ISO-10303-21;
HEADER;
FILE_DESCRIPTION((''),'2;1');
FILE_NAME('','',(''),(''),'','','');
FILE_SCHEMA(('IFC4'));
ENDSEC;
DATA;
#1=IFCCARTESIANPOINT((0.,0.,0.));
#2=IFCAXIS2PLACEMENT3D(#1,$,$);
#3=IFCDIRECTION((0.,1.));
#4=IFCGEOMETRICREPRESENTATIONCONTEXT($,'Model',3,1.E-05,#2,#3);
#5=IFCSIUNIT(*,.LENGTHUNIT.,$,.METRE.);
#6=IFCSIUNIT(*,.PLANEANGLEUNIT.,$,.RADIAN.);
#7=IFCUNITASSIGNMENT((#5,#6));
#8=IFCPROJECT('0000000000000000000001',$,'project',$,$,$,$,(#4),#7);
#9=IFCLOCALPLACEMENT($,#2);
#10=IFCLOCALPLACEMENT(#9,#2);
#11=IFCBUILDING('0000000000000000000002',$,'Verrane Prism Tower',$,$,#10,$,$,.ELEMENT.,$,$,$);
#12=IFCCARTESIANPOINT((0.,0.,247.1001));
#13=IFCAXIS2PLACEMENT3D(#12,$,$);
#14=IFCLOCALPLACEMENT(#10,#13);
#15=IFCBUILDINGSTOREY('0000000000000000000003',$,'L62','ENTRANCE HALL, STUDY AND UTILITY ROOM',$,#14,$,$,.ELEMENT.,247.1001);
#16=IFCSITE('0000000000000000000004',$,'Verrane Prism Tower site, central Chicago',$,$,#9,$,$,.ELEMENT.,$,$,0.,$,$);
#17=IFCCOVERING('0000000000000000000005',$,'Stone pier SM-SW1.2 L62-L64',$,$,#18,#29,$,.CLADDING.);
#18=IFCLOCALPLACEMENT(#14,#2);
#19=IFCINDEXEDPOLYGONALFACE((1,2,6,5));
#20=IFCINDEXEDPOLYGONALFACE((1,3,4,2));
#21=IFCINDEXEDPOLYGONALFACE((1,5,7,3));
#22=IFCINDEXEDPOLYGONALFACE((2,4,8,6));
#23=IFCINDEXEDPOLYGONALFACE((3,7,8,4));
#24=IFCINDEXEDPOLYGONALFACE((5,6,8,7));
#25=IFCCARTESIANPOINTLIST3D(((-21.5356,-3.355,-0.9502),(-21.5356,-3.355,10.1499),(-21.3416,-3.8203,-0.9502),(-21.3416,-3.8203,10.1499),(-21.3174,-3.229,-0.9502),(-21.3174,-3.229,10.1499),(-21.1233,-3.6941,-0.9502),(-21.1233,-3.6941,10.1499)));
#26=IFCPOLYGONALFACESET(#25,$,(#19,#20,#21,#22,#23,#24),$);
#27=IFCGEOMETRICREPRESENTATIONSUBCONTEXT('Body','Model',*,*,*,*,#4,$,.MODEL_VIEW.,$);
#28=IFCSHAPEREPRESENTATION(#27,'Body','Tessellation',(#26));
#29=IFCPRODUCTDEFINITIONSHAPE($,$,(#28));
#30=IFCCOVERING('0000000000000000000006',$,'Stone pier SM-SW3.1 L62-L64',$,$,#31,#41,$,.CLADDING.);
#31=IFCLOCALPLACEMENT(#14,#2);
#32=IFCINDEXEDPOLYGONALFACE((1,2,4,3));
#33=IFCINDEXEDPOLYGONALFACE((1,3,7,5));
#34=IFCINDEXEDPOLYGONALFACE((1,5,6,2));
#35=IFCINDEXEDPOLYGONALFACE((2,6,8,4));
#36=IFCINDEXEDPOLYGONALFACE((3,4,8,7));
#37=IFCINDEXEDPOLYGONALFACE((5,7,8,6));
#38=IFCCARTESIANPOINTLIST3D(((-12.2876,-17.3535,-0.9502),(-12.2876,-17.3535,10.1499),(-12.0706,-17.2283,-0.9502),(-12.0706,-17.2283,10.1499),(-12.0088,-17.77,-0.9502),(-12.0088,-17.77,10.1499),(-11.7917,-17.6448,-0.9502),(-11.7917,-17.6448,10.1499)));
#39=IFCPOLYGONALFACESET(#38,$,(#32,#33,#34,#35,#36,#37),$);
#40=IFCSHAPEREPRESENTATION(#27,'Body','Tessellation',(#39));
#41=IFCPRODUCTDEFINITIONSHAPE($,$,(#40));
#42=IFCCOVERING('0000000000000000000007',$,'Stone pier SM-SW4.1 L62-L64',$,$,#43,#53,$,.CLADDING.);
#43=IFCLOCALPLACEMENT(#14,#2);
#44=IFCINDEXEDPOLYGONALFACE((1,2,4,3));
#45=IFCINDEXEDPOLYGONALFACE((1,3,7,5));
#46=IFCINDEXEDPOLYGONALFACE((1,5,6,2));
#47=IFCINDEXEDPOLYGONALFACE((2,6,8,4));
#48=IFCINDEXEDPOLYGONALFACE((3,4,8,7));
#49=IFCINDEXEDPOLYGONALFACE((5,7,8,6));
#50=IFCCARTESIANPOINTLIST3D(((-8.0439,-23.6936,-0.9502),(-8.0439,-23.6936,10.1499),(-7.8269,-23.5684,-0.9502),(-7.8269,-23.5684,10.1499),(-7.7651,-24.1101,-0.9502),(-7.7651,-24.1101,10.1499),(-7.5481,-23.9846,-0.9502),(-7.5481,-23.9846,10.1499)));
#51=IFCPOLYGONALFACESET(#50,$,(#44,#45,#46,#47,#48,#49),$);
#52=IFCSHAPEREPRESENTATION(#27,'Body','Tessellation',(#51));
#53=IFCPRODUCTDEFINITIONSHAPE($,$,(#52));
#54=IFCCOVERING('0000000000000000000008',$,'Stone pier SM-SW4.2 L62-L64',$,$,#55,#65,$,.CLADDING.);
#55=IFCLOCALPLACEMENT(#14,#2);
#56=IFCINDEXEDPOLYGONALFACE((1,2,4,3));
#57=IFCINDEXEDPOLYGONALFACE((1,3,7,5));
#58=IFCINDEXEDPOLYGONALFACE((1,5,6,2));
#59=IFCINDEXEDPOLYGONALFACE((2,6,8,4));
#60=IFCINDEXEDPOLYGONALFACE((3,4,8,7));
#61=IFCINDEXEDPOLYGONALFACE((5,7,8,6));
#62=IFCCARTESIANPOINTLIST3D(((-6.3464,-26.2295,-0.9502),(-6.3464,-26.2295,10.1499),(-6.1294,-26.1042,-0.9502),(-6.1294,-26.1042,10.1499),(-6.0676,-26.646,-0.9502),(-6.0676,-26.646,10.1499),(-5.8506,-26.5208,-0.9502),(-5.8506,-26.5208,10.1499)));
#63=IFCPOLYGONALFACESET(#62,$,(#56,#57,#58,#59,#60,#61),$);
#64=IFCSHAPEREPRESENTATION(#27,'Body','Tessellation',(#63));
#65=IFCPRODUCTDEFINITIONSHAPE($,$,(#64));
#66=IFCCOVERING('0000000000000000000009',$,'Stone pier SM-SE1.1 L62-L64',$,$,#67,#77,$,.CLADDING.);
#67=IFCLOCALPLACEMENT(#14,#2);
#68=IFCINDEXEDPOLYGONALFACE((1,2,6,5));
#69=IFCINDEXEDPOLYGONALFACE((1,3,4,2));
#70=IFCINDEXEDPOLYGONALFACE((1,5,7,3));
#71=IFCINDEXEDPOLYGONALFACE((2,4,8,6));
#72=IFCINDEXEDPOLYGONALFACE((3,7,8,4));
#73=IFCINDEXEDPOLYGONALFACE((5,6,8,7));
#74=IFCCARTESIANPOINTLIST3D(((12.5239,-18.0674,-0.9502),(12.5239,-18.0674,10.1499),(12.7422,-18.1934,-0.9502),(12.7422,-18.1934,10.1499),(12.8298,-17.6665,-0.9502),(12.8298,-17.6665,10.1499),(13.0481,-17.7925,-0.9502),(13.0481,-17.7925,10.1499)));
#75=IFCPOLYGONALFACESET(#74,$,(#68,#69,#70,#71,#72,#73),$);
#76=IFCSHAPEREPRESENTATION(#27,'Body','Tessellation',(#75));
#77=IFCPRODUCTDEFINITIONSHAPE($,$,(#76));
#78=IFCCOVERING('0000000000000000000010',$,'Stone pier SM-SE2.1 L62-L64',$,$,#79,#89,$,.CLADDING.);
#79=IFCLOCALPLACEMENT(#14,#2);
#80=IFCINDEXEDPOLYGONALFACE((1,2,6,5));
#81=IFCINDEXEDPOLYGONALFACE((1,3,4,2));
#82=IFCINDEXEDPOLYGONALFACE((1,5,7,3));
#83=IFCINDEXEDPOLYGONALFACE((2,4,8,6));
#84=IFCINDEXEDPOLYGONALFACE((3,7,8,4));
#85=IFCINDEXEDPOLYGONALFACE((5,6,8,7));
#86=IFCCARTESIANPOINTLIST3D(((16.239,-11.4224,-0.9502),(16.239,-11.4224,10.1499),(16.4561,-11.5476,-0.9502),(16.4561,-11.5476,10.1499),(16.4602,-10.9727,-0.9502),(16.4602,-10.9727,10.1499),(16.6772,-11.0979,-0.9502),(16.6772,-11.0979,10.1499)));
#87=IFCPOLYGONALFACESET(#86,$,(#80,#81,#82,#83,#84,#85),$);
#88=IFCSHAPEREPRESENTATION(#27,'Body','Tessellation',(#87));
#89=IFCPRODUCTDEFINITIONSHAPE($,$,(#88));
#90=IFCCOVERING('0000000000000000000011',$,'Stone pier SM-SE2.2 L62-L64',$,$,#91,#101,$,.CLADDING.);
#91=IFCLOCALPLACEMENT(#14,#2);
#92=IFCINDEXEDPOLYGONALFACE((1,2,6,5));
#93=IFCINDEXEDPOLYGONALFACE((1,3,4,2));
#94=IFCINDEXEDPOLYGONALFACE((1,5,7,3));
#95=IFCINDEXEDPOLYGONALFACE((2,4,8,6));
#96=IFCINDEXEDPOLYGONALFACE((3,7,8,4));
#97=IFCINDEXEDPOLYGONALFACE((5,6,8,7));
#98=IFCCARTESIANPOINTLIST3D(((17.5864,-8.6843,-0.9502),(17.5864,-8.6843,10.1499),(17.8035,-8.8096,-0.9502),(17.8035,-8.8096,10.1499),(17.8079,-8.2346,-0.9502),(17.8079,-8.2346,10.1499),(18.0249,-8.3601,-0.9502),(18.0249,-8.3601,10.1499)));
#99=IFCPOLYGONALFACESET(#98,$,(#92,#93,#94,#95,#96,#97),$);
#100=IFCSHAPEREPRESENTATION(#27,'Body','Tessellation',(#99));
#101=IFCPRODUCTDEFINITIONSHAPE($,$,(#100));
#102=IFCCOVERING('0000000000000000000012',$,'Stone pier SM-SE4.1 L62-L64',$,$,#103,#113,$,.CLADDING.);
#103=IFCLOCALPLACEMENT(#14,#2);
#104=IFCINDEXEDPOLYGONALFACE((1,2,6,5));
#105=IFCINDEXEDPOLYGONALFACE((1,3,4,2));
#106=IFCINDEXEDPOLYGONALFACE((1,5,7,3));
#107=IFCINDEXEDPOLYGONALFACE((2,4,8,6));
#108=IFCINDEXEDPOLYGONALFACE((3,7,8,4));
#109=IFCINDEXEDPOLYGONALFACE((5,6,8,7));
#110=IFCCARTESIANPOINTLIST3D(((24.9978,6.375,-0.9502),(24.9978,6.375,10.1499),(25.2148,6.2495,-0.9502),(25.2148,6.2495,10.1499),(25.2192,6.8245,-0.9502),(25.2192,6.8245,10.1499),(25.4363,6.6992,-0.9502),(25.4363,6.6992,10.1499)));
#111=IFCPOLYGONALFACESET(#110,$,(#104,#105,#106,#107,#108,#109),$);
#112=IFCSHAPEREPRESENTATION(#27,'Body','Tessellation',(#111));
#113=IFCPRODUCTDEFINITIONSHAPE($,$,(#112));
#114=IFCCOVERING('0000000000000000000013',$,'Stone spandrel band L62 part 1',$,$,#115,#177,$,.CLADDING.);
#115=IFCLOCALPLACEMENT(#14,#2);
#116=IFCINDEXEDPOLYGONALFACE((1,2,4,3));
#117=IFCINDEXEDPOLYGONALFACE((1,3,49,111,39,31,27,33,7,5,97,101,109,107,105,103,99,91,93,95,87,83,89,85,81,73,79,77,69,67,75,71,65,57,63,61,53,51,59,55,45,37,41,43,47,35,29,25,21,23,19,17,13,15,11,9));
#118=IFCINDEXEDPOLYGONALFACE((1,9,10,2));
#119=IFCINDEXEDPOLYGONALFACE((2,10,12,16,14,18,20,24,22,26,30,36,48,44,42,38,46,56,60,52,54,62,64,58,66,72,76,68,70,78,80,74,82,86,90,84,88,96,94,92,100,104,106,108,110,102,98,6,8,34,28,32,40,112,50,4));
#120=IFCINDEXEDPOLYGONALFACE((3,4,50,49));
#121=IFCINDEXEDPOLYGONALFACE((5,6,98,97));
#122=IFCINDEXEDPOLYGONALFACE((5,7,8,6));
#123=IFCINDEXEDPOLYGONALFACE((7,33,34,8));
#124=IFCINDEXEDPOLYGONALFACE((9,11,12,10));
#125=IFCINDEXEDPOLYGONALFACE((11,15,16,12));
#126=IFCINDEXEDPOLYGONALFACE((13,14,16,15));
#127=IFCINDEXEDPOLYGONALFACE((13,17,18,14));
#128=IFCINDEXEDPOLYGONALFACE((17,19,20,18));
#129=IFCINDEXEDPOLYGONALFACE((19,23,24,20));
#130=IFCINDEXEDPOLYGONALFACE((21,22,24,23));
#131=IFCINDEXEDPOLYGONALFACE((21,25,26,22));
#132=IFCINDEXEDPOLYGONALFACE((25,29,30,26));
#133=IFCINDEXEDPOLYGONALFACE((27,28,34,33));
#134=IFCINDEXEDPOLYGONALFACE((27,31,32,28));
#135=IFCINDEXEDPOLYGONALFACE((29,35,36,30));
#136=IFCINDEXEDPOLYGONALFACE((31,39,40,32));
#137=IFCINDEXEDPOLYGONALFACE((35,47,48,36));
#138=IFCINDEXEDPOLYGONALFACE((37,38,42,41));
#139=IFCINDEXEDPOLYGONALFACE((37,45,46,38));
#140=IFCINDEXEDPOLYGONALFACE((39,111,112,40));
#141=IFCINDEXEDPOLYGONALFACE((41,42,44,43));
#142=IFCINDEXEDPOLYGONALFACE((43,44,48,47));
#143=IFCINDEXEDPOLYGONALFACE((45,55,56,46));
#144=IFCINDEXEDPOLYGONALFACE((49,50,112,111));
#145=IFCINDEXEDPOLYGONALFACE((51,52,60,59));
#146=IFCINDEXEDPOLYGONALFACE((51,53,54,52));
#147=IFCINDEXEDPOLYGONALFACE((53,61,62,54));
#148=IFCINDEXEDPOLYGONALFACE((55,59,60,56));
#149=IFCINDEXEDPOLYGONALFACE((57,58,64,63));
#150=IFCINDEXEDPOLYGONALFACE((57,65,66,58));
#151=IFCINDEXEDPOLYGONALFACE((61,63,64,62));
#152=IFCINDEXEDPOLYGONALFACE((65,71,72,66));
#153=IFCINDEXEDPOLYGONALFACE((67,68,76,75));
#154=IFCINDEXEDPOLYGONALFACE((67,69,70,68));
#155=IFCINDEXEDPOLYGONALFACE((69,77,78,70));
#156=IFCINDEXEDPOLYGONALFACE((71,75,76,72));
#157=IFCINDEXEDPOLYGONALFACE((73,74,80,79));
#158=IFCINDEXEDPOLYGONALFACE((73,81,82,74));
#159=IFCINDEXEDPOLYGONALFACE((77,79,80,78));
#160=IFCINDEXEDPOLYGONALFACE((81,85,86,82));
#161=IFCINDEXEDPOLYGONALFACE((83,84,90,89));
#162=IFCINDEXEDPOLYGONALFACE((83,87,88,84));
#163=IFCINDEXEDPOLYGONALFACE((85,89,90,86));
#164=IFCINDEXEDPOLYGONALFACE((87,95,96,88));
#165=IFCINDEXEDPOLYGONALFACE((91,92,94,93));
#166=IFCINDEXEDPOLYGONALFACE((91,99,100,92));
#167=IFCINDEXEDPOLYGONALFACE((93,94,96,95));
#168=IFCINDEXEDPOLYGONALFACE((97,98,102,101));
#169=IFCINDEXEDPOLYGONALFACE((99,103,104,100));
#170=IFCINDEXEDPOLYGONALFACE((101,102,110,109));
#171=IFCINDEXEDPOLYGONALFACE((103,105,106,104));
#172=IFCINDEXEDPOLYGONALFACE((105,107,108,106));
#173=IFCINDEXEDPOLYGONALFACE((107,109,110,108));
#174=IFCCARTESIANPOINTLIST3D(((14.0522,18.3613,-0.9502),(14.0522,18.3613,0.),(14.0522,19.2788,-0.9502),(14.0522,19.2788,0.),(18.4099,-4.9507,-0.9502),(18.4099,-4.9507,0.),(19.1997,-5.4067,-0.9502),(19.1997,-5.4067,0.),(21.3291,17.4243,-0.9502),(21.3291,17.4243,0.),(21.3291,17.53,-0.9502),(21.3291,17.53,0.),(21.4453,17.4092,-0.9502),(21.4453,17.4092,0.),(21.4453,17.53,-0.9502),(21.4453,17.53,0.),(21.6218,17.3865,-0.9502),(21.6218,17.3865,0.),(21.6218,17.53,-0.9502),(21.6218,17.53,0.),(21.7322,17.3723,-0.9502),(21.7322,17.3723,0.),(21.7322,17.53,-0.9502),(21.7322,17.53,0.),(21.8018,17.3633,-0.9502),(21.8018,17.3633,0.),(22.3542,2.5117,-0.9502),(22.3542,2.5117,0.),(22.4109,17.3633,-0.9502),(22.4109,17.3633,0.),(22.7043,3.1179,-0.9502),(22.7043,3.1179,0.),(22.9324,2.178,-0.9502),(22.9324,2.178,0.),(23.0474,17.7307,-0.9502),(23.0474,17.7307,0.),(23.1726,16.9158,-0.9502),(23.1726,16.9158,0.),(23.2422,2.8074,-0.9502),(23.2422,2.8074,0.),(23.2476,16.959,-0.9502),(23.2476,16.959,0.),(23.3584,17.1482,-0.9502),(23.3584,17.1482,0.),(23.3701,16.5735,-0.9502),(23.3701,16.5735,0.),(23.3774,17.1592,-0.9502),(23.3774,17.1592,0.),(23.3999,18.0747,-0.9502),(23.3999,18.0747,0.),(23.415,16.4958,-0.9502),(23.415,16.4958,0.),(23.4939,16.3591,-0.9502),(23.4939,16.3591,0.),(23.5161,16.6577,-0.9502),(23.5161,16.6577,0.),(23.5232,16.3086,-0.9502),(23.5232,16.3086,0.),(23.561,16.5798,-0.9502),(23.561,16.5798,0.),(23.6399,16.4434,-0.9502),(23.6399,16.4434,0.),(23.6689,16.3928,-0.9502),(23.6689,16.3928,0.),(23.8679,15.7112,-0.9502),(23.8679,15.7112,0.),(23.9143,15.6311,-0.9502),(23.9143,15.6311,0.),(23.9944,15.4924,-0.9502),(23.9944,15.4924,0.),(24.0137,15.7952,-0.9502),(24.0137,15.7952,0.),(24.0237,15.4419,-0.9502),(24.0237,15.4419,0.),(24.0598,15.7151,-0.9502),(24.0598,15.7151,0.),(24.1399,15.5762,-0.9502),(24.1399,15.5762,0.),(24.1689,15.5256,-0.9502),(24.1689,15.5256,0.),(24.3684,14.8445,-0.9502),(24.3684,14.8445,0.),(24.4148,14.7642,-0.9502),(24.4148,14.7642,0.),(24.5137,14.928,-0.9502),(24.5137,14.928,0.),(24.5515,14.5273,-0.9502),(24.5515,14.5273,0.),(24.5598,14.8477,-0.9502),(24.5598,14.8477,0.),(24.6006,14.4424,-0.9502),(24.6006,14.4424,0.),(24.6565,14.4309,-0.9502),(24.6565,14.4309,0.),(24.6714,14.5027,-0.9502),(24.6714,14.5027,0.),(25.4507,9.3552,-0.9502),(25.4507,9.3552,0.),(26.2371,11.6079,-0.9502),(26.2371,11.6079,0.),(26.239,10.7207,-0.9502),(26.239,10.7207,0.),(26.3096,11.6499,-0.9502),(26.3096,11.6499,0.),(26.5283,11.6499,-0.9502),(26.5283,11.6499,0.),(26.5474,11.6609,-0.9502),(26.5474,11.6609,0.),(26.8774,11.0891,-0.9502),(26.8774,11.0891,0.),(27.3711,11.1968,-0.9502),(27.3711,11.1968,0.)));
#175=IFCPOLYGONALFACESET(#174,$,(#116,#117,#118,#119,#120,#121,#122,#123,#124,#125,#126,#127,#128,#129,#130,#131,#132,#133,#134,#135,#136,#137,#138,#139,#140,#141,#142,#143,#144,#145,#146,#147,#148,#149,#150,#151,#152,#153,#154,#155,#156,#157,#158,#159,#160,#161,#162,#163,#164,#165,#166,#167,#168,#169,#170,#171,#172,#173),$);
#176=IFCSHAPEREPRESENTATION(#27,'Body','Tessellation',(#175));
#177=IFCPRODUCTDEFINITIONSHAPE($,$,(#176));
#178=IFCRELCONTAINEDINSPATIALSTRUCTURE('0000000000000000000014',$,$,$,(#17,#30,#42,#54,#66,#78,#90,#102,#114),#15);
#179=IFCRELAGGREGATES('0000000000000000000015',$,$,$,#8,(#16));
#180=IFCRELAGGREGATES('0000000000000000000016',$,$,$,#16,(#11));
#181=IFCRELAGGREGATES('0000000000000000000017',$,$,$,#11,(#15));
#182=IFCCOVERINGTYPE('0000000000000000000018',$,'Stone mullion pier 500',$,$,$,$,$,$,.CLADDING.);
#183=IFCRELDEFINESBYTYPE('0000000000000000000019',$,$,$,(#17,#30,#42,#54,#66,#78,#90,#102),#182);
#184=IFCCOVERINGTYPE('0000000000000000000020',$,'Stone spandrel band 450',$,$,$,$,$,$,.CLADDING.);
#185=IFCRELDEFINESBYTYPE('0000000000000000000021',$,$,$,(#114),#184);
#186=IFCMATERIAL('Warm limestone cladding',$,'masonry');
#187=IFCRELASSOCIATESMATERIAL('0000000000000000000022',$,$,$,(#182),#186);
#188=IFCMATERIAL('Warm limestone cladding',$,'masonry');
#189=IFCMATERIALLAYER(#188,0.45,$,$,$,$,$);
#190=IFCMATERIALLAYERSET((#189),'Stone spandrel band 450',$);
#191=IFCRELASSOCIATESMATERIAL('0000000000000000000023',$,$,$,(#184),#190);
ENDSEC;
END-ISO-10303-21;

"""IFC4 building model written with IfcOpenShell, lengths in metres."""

from ifc_helpers import new_model, si_unit, direction, frame, origin, place, context, subcontext, project, spatial, polyline, outline, extrude, material, layer, layer_set, type_object, element, save


model = new_model("IFC4")

# Units and contexts
model_context = context("Model", 3, precision=1e-05, world=origin(), true_north=direction((0.0, 1.0)))
body_context = subcontext(model_context, "Body", "Model", "MODEL_VIEW")
ifc_project = project(units=[si_unit("LENGTHUNIT", "METRE"), si_unit("PLANEANGLEUNIT", "RADIAN")], contexts=[model_context])

# Site, building, storey
site_placement = place(None, origin())
site = spatial("IfcSite", under=ifc_project, at=site_placement, Name="Verrane Prism Tower site, central Chicago", CompositionType="ELEMENT", RefElevation=0.0)
building_placement = place(site_placement, origin())
building = spatial("IfcBuilding", under=site, at=building_placement, Name="Verrane Prism Tower", CompositionType="ELEMENT")
storey_placement = place(building_placement, frame((0.0, 0.0, 247.1001)))
storey = spatial("IfcBuildingStorey", under=building, at=storey_placement, Name="L62", Description="ENTRANCE HALL, STUDY AND UTILITY ROOM", CompositionType="ELEMENT", Elevation=247.1001)

# Coverings
ifc_material_1 = material(Name="Warm limestone cladding", Category="masonry")
covering_type_1 = type_object("IfcCoveringType", Name="Stone mullion pier 500", PredefinedType="CLADDING", material=ifc_material_1)
covering_1_placement = place(storey_placement, frame((0.0, 0.0, -0.9502)))
element("IfcCovering", 1, at=covering_1_placement, inside=storey, type_object=covering_type_1, Name="Stone pier SM-SW1.2 L62-L64", PredefinedType="CLADDING", context=body_context, shape_type="SweptSolid", body=[
    extrude(outline(polyline([(-21.1233, -3.6941), (-21.3174, -3.229), (-21.5356, -3.355), (-21.3416, -3.8203), (-21.1233, -3.6941)])), origin(), (0.0, 0.0, 1.0), 11.1001),
])
covering_2_placement = place(storey_placement, frame((0.0, 0.0, -0.9502)))
element("IfcCovering", 2, at=covering_2_placement, inside=storey, type_object=covering_type_1, Name="Stone pier SM-SW3.1 L62-L64", PredefinedType="CLADDING", context=body_context, shape_type="SweptSolid", body=[
    extrude(outline(polyline([(-11.7917, -17.6448), (-12.0706, -17.2283), (-12.2876, -17.3535), (-12.0088, -17.77), (-11.7917, -17.6448)])), origin(), (0.0, 0.0, 1.0), 11.1001),
])
covering_3_placement = place(storey_placement, frame((0.0, 0.0, -0.9502)))
element("IfcCovering", 3, at=covering_3_placement, inside=storey, type_object=covering_type_1, Name="Stone pier SM-SW4.1 L62-L64", PredefinedType="CLADDING", context=body_context, shape_type="SweptSolid", body=[
    extrude(outline(polyline([(-7.5481, -23.9846), (-7.8269, -23.5684), (-8.0439, -23.6936), (-7.7651, -24.1101), (-7.5481, -23.9846)])), origin(), (0.0, 0.0, 1.0), 11.1001),
])
covering_4_placement = place(storey_placement, frame((0.0, 0.0, -0.9502)))
element("IfcCovering", 4, at=covering_4_placement, inside=storey, type_object=covering_type_1, Name="Stone pier SM-SW4.2 L62-L64", PredefinedType="CLADDING", context=body_context, shape_type="SweptSolid", body=[
    extrude(outline(polyline([(-5.8506, -26.5208), (-6.1294, -26.1042), (-6.3464, -26.2295), (-6.0676, -26.646), (-5.8506, -26.5208)])), origin(), (0.0, 0.0, 1.0), 11.1001),
])
covering_5_placement = place(storey_placement, frame((0.0, 0.0, -0.9502)))
element("IfcCovering", 5, at=covering_5_placement, inside=storey, type_object=covering_type_1, Name="Stone pier SM-SE1.1 L62-L64", PredefinedType="CLADDING", context=body_context, shape_type="SweptSolid", body=[
    extrude(outline(polyline([(12.8298, -17.6665), (12.5239, -18.0674), (12.7422, -18.1934), (13.0481, -17.7925), (12.8298, -17.6665)])), origin(), (0.0, 0.0, 1.0), 11.1001),
])
covering_6_placement = place(storey_placement, frame((0.0, 0.0, -0.9502)))
element("IfcCovering", 6, at=covering_6_placement, inside=storey, type_object=covering_type_1, Name="Stone pier SM-SE2.1 L62-L64", PredefinedType="CLADDING", context=body_context, shape_type="SweptSolid", body=[
    extrude(outline(polyline([(16.4602, -10.9727), (16.239, -11.4224), (16.4561, -11.5476), (16.6772, -11.0979), (16.4602, -10.9727)])), origin(), (0.0, 0.0, 1.0), 11.1001),
])
covering_7_placement = place(storey_placement, frame((0.0, 0.0, -0.9502)))
element("IfcCovering", 7, at=covering_7_placement, inside=storey, type_object=covering_type_1, Name="Stone pier SM-SE2.2 L62-L64", PredefinedType="CLADDING", context=body_context, shape_type="SweptSolid", body=[
    extrude(outline(polyline([(17.8079, -8.2346), (17.5864, -8.6843), (17.8035, -8.8096), (18.0249, -8.3601), (17.8079, -8.2346)])), origin(), (0.0, 0.0, 1.0), 11.1001),
])
covering_8_placement = place(storey_placement, frame((0.0, 0.0, -0.9502)))
element("IfcCovering", 8, at=covering_8_placement, inside=storey, type_object=covering_type_1, Name="Stone pier SM-SE4.1 L62-L64", PredefinedType="CLADDING", context=body_context, shape_type="SweptSolid", body=[
    extrude(outline(polyline([(25.2192, 6.8245), (24.9978, 6.375), (25.2148, 6.2495), (25.4363, 6.6992), (25.2192, 6.8245)])), origin(), (0.0, 0.0, 1.0), 11.1001),
])
ifc_material_2 = material(Name="Warm limestone cladding", Category="masonry")
ifc_layer_1 = layer(ifc_material_2, 0.45)
ifc_layer_set_1 = layer_set([ifc_layer_1], Name="Stone spandrel band 450")
covering_type_2 = type_object("IfcCoveringType", Name="Stone spandrel band 450", PredefinedType="CLADDING", material=ifc_layer_set_1)
covering_9_placement = place(storey_placement, frame((0.0, 0.0, -0.9502)))
element("IfcCovering", 9, at=covering_9_placement, inside=storey, type_object=covering_type_2, Name="Stone spandrel band L62 part 1", PredefinedType="CLADDING", context=body_context, shape_type="SweptSolid", body=[
    extrude(outline(polyline([(14.0522, 18.3613), (21.3291, 17.4243), (21.3291, 17.53), (21.4453, 17.53), (21.4453, 17.4092), (21.6218, 17.3865), (21.6218, 17.53), (21.7322, 17.53), (21.7322, 17.3723), (21.8018, 17.3633), (22.4109, 17.3633), (23.0474, 17.7307), (23.3774, 17.1592), (23.3584, 17.1482), (23.2476, 16.959), (23.1726, 16.9158), (23.3701, 16.5735), (23.5161, 16.6577), (23.561, 16.5798), (23.415, 16.4958), (23.4939, 16.3591), (23.6399, 16.4434), (23.6689, 16.3928), (23.5232, 16.3086), (23.8679, 15.7112), (24.0137, 15.7952), (24.0598, 15.7151), (23.9143, 15.6311), (23.9944, 15.4924), (24.1399, 15.5762), (24.1689, 15.5256), (24.0237, 15.4419), (24.3684, 14.8445), (24.5137, 14.928), (24.5598, 14.8477), (24.4148, 14.7642), (24.5515, 14.5273), (24.6714, 14.5027), (24.6565, 14.4309), (24.6006, 14.4424), (26.2371, 11.6079), (26.3096, 11.6499), (26.5283, 11.6499), (26.5474, 11.6609), (26.8774, 11.0891), (26.239, 10.7207), (25.4507, 9.3552), (18.4099, -4.9507), (19.1997, -5.4067), (22.9324, 2.178), (22.3542, 2.5117), (22.7043, 3.1179), (23.2422, 2.8074), (27.3711, 11.1968), (23.3999, 18.0747), (14.0522, 19.2788), (14.0522, 18.3613)])), origin(), (0.0, 0.0, 1.0), 0.9502),
])

save(model, "model.ifc")
